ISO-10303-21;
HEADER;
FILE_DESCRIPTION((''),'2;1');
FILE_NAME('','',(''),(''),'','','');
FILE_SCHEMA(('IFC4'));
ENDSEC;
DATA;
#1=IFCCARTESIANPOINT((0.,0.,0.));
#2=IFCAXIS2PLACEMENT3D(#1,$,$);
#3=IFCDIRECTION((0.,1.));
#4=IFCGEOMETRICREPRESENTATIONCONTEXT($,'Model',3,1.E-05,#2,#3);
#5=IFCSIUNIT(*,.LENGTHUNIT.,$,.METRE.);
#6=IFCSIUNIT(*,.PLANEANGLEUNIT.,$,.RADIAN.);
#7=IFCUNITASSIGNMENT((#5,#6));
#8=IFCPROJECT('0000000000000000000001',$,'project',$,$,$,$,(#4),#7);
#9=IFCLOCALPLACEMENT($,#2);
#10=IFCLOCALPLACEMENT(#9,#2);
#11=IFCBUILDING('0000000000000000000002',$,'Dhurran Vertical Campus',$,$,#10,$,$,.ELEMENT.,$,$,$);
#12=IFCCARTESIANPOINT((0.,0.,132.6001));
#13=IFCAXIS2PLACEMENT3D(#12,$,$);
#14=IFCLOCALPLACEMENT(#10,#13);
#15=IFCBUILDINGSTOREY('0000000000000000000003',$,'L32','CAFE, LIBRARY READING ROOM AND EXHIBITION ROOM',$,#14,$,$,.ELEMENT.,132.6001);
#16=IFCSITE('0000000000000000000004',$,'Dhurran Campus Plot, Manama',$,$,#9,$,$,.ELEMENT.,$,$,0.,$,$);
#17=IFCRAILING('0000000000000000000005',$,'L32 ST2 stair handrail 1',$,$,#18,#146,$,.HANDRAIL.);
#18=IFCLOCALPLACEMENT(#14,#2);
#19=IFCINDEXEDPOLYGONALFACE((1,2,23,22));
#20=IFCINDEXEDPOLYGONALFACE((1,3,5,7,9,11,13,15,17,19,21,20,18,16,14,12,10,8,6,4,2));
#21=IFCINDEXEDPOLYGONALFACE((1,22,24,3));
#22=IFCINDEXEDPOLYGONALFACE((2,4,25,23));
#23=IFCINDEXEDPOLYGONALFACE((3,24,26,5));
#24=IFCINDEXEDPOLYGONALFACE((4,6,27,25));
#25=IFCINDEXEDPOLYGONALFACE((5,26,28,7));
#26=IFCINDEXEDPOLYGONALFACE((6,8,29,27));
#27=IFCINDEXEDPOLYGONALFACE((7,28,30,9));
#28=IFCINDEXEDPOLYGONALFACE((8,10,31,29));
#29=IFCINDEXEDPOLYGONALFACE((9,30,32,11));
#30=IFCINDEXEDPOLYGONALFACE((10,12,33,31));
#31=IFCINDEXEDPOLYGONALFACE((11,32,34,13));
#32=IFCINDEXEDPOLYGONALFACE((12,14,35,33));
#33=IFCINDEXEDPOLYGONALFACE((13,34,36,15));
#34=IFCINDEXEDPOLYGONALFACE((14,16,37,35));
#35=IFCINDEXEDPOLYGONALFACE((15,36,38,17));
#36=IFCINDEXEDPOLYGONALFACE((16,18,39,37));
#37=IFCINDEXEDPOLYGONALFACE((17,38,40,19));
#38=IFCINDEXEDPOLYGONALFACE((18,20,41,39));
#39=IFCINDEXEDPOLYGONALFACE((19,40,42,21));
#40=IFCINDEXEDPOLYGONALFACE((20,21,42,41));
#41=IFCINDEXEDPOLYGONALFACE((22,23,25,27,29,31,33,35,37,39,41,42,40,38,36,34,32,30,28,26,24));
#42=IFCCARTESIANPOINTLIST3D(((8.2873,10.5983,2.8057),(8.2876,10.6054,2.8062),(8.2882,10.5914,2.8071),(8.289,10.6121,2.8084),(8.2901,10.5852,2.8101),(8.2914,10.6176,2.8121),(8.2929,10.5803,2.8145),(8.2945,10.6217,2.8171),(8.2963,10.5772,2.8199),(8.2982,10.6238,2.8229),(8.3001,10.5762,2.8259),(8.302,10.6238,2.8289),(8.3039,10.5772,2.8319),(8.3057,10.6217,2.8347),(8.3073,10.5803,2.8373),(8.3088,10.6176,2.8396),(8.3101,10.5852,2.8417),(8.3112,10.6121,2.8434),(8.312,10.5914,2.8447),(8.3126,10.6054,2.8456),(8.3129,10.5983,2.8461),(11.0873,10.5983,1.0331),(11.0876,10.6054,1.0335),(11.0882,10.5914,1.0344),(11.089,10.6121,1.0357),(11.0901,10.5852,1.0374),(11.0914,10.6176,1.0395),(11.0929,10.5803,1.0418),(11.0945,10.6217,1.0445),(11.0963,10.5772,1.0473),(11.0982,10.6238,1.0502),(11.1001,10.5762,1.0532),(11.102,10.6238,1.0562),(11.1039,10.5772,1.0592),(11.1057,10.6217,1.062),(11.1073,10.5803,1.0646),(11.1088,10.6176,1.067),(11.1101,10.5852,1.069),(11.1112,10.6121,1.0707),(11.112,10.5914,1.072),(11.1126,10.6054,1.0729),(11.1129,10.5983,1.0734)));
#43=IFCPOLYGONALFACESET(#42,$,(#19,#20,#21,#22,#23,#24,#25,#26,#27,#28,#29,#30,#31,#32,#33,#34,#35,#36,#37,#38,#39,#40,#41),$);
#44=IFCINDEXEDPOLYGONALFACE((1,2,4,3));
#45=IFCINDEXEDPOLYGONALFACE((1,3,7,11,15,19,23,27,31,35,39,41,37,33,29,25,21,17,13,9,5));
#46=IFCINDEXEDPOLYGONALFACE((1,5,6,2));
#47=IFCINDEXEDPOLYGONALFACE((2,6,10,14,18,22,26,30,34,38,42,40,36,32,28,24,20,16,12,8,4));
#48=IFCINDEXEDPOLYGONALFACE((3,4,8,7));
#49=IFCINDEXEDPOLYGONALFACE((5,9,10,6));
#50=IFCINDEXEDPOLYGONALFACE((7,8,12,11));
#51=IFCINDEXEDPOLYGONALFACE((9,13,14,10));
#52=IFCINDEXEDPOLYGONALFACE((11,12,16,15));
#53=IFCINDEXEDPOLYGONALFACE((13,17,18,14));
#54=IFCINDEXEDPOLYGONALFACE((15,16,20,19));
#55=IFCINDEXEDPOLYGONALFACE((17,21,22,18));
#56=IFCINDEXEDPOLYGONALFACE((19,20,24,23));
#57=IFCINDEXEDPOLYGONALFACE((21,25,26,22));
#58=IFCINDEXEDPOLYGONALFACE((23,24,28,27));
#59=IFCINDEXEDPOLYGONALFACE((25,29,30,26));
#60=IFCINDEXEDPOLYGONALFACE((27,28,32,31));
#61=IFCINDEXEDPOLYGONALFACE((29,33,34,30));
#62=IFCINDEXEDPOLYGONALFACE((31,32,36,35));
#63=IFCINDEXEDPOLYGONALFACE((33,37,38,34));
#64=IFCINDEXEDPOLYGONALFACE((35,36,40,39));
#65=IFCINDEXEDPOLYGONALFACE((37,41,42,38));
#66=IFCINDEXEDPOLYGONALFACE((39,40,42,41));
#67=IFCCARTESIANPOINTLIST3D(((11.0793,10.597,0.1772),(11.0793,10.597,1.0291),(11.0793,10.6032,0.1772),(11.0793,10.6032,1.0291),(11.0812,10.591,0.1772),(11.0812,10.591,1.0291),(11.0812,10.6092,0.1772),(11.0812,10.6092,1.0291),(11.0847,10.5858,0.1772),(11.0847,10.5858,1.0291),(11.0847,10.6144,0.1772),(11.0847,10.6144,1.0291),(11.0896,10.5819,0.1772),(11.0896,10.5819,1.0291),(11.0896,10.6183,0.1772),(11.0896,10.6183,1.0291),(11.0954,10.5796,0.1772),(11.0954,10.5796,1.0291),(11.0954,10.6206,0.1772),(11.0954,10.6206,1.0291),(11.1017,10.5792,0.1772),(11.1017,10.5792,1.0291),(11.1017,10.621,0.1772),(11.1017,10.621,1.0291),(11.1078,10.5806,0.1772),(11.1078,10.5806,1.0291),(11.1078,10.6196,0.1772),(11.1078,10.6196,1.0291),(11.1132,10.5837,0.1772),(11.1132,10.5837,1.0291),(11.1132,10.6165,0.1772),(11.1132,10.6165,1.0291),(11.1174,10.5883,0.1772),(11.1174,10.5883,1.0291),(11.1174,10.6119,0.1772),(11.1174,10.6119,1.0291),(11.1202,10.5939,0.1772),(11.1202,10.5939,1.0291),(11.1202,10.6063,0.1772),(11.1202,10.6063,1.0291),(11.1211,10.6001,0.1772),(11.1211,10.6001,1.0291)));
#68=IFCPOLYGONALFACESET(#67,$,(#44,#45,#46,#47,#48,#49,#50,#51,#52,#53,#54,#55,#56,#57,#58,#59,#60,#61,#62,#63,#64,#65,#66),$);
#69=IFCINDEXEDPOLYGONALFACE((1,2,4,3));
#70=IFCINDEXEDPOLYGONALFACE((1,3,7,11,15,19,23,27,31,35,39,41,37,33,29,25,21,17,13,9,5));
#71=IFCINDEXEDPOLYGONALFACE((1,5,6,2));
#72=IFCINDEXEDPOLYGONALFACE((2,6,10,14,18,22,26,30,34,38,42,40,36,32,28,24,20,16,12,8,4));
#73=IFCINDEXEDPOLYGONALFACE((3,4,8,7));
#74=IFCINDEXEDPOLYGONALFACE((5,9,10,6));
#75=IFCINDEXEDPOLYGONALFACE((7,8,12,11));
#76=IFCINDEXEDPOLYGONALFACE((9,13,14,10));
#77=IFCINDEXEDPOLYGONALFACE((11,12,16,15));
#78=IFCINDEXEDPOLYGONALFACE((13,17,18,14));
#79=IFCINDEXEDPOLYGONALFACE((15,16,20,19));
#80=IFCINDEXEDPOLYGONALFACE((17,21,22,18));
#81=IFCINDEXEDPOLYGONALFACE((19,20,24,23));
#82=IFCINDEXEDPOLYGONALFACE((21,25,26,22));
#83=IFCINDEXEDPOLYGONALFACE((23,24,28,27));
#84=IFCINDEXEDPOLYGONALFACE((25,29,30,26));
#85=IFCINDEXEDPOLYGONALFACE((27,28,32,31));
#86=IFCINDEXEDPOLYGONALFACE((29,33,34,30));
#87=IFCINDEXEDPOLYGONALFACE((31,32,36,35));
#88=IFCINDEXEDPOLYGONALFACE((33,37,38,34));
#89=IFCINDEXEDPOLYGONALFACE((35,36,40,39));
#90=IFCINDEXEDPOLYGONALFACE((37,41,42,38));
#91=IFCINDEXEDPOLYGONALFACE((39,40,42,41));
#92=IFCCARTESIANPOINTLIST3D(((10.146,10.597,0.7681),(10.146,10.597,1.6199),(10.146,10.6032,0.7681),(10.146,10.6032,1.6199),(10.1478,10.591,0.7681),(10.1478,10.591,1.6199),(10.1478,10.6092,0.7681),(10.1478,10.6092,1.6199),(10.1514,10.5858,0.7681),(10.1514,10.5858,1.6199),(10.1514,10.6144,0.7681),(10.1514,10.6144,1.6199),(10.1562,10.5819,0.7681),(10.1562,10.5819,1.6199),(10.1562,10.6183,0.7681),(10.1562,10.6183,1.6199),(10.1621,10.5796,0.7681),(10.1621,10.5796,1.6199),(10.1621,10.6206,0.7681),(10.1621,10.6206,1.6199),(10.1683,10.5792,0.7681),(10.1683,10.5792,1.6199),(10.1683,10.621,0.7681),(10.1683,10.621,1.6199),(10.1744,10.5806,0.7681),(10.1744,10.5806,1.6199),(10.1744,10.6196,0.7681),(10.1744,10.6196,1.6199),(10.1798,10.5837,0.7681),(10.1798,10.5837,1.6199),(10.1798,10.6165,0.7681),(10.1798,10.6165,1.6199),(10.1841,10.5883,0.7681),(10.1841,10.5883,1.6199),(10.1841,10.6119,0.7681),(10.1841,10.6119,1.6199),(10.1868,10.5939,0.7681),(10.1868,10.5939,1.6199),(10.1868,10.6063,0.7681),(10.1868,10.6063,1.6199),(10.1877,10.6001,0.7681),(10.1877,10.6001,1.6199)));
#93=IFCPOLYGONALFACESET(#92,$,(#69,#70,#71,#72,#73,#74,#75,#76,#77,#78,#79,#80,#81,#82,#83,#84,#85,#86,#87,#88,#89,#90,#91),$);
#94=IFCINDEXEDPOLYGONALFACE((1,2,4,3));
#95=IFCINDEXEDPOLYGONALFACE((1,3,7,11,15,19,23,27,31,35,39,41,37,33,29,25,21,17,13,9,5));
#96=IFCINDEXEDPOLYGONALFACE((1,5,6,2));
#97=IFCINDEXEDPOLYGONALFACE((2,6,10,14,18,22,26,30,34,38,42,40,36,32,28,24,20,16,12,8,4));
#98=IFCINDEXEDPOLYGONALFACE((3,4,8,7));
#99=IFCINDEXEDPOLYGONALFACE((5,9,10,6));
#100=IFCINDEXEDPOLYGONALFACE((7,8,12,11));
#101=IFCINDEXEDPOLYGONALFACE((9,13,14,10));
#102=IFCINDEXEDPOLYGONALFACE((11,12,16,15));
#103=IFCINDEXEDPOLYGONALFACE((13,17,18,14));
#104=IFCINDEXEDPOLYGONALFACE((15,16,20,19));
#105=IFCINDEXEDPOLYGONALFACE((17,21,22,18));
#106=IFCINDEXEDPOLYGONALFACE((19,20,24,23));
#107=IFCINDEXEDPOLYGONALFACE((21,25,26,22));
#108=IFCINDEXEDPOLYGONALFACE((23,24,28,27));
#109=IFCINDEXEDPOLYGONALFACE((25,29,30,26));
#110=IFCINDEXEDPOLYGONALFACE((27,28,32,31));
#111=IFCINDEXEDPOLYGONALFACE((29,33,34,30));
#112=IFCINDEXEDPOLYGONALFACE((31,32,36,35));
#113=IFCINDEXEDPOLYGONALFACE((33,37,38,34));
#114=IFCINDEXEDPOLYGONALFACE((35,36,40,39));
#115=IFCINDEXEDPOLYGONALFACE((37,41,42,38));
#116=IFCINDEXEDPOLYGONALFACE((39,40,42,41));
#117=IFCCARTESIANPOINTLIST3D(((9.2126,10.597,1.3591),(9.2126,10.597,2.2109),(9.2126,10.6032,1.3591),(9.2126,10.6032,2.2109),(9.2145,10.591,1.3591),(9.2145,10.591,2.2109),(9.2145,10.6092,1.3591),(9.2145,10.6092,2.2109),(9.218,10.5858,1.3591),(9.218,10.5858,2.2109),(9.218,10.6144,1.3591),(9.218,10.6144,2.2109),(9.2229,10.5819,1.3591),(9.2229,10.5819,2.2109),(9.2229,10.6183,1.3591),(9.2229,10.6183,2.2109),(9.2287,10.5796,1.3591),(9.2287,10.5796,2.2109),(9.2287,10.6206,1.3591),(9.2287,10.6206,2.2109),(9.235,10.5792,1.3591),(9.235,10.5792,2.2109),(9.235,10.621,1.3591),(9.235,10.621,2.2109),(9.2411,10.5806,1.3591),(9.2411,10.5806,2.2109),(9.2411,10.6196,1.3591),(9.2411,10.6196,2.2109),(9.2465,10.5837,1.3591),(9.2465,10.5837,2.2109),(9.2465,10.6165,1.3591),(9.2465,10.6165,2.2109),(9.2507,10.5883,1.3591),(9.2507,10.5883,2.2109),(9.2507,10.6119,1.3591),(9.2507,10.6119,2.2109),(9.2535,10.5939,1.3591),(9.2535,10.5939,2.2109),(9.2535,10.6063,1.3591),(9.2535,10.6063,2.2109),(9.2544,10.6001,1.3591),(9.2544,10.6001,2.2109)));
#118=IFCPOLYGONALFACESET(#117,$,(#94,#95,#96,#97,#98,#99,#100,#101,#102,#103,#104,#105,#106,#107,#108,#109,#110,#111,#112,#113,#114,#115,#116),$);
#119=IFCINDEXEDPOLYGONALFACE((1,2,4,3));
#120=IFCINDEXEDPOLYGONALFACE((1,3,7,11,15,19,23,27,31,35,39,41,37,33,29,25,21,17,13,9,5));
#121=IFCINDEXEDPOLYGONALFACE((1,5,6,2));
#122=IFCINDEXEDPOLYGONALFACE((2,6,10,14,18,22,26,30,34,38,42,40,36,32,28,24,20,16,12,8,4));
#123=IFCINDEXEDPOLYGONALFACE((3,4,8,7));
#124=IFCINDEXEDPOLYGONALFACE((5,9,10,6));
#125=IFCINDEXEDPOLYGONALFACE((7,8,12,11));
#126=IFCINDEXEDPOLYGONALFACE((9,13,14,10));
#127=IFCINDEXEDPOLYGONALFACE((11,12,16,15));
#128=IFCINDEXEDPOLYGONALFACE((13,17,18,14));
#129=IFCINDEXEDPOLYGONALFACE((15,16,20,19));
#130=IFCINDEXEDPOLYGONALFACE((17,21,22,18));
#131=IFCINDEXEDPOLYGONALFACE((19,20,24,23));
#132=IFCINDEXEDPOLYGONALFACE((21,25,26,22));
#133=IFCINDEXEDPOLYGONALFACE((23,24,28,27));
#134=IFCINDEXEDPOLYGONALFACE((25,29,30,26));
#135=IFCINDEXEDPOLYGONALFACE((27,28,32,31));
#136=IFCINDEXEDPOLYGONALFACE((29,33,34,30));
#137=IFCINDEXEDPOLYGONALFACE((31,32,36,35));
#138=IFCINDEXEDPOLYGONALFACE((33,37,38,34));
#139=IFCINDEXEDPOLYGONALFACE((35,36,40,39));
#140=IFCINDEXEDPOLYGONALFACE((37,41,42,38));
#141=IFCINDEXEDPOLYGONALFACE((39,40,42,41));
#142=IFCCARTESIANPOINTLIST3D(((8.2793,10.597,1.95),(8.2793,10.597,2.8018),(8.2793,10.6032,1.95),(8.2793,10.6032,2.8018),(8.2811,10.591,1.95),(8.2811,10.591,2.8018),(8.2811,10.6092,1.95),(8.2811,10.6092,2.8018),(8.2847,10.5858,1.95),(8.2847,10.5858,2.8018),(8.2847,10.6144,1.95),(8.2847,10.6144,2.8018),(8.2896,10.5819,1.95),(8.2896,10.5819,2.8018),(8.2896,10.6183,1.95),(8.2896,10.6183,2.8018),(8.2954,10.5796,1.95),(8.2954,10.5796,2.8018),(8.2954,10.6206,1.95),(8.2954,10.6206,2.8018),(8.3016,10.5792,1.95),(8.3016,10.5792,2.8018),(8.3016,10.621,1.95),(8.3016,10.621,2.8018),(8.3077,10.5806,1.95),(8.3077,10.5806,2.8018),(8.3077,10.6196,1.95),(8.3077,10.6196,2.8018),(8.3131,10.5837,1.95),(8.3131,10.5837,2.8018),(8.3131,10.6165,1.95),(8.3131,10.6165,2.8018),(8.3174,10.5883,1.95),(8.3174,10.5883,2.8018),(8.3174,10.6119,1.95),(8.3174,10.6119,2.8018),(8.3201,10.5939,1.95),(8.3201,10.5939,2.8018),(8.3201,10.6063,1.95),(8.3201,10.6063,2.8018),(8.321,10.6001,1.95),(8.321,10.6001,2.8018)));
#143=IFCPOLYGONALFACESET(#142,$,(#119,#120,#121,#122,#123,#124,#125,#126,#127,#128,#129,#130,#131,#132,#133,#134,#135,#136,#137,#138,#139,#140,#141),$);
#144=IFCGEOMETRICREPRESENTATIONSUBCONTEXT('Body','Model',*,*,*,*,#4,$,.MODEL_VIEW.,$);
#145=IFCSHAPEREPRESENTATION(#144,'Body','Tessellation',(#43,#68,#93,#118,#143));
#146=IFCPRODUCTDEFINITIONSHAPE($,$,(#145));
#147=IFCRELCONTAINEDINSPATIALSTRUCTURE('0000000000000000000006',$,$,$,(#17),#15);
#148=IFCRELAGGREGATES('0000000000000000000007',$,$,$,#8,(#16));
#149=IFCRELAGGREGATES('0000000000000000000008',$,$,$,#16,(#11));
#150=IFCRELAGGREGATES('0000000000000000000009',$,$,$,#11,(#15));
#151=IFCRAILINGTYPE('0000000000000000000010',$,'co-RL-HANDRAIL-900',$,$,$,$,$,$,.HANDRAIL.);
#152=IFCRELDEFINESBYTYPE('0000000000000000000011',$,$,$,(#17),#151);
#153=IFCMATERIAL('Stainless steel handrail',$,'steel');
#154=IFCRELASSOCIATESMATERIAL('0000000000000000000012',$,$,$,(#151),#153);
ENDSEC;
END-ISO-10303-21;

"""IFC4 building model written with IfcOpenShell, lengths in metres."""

from ifc_helpers import new_model, si_unit, direction, frame, origin, origin_2d, place, context, subcontext, project, spatial, circle, extrude, material, type_object, element, save


model = new_model("IFC4")

# Units and contexts
model_context = context("Model", 3, precision=1e-05, world=origin(), true_north=direction((0.0, 1.0)))
body_context = subcontext(model_context, "Body", "Model", "MODEL_VIEW")
ifc_project = project(units=[si_unit("LENGTHUNIT", "METRE"), si_unit("PLANEANGLEUNIT", "RADIAN")], contexts=[model_context])

# Site, building, storey
site_placement = place(None, origin())
site = spatial("IfcSite", under=ifc_project, at=site_placement, Name="Dhurran Campus Plot, Manama", CompositionType="ELEMENT", RefElevation=0.0)
building_placement = place(site_placement, origin())
building = spatial("IfcBuilding", under=site, at=building_placement, Name="Dhurran Vertical Campus", CompositionType="ELEMENT")
storey_placement = place(building_placement, frame((0.0, 0.0, 132.6001)))
storey = spatial("IfcBuildingStorey", under=building, at=storey_placement, Name="L32", Description="CAFE, LIBRARY READING ROOM AND EXHIBITION ROOM", CompositionType="ELEMENT", Elevation=132.6001)

# Railing
ifc_material_1 = material(Name="Stainless steel handrail", Category="steel")
railing_type_1 = type_object("IfcRailingType", Name="co-RL-HANDRAIL-900", PredefinedType="HANDRAIL", material=ifc_material_1)
railing_1_placement = place(storey_placement, frame((11.1001, 10.6001, 0.1772)))
element("IfcRailing", 1, at=railing_1_placement, inside=storey, type_object=railing_type_1, Name="L32 ST2 stair handrail 1", PredefinedType="HANDRAIL", context=body_context, shape_type="SweptSolid", body=[
    extrude(circle(Radius=0.0239, at=origin_2d()), frame((0.0, 0.0, 0.876), z_axis=(-0.844909, 0.0, 0.53491), x_axis=(0.0, -1.0, 0.0)), (0.0, 0.0, 1.0), 3.314),
    extrude(circle(Radius=0.021, at=origin_2d()), origin(), (0.0, 0.0, 1.0), 0.8518),
    extrude(circle(Radius=0.021, at=origin_2d()), frame((-0.9333, 0.0, 0.5908)), (0.0, 0.0, 1.0), 0.8518),
    extrude(circle(Radius=0.021, at=origin_2d()), frame((-1.8667, 0.0, 1.1819)), (0.0, 0.0, 1.0), 0.8518),
    extrude(circle(Radius=0.021, at=origin_2d()), frame((-2.8, 0.0, 1.7727)), (0.0, 0.0, 1.0), 0.8518),
])

save(model, "model.ifc")
